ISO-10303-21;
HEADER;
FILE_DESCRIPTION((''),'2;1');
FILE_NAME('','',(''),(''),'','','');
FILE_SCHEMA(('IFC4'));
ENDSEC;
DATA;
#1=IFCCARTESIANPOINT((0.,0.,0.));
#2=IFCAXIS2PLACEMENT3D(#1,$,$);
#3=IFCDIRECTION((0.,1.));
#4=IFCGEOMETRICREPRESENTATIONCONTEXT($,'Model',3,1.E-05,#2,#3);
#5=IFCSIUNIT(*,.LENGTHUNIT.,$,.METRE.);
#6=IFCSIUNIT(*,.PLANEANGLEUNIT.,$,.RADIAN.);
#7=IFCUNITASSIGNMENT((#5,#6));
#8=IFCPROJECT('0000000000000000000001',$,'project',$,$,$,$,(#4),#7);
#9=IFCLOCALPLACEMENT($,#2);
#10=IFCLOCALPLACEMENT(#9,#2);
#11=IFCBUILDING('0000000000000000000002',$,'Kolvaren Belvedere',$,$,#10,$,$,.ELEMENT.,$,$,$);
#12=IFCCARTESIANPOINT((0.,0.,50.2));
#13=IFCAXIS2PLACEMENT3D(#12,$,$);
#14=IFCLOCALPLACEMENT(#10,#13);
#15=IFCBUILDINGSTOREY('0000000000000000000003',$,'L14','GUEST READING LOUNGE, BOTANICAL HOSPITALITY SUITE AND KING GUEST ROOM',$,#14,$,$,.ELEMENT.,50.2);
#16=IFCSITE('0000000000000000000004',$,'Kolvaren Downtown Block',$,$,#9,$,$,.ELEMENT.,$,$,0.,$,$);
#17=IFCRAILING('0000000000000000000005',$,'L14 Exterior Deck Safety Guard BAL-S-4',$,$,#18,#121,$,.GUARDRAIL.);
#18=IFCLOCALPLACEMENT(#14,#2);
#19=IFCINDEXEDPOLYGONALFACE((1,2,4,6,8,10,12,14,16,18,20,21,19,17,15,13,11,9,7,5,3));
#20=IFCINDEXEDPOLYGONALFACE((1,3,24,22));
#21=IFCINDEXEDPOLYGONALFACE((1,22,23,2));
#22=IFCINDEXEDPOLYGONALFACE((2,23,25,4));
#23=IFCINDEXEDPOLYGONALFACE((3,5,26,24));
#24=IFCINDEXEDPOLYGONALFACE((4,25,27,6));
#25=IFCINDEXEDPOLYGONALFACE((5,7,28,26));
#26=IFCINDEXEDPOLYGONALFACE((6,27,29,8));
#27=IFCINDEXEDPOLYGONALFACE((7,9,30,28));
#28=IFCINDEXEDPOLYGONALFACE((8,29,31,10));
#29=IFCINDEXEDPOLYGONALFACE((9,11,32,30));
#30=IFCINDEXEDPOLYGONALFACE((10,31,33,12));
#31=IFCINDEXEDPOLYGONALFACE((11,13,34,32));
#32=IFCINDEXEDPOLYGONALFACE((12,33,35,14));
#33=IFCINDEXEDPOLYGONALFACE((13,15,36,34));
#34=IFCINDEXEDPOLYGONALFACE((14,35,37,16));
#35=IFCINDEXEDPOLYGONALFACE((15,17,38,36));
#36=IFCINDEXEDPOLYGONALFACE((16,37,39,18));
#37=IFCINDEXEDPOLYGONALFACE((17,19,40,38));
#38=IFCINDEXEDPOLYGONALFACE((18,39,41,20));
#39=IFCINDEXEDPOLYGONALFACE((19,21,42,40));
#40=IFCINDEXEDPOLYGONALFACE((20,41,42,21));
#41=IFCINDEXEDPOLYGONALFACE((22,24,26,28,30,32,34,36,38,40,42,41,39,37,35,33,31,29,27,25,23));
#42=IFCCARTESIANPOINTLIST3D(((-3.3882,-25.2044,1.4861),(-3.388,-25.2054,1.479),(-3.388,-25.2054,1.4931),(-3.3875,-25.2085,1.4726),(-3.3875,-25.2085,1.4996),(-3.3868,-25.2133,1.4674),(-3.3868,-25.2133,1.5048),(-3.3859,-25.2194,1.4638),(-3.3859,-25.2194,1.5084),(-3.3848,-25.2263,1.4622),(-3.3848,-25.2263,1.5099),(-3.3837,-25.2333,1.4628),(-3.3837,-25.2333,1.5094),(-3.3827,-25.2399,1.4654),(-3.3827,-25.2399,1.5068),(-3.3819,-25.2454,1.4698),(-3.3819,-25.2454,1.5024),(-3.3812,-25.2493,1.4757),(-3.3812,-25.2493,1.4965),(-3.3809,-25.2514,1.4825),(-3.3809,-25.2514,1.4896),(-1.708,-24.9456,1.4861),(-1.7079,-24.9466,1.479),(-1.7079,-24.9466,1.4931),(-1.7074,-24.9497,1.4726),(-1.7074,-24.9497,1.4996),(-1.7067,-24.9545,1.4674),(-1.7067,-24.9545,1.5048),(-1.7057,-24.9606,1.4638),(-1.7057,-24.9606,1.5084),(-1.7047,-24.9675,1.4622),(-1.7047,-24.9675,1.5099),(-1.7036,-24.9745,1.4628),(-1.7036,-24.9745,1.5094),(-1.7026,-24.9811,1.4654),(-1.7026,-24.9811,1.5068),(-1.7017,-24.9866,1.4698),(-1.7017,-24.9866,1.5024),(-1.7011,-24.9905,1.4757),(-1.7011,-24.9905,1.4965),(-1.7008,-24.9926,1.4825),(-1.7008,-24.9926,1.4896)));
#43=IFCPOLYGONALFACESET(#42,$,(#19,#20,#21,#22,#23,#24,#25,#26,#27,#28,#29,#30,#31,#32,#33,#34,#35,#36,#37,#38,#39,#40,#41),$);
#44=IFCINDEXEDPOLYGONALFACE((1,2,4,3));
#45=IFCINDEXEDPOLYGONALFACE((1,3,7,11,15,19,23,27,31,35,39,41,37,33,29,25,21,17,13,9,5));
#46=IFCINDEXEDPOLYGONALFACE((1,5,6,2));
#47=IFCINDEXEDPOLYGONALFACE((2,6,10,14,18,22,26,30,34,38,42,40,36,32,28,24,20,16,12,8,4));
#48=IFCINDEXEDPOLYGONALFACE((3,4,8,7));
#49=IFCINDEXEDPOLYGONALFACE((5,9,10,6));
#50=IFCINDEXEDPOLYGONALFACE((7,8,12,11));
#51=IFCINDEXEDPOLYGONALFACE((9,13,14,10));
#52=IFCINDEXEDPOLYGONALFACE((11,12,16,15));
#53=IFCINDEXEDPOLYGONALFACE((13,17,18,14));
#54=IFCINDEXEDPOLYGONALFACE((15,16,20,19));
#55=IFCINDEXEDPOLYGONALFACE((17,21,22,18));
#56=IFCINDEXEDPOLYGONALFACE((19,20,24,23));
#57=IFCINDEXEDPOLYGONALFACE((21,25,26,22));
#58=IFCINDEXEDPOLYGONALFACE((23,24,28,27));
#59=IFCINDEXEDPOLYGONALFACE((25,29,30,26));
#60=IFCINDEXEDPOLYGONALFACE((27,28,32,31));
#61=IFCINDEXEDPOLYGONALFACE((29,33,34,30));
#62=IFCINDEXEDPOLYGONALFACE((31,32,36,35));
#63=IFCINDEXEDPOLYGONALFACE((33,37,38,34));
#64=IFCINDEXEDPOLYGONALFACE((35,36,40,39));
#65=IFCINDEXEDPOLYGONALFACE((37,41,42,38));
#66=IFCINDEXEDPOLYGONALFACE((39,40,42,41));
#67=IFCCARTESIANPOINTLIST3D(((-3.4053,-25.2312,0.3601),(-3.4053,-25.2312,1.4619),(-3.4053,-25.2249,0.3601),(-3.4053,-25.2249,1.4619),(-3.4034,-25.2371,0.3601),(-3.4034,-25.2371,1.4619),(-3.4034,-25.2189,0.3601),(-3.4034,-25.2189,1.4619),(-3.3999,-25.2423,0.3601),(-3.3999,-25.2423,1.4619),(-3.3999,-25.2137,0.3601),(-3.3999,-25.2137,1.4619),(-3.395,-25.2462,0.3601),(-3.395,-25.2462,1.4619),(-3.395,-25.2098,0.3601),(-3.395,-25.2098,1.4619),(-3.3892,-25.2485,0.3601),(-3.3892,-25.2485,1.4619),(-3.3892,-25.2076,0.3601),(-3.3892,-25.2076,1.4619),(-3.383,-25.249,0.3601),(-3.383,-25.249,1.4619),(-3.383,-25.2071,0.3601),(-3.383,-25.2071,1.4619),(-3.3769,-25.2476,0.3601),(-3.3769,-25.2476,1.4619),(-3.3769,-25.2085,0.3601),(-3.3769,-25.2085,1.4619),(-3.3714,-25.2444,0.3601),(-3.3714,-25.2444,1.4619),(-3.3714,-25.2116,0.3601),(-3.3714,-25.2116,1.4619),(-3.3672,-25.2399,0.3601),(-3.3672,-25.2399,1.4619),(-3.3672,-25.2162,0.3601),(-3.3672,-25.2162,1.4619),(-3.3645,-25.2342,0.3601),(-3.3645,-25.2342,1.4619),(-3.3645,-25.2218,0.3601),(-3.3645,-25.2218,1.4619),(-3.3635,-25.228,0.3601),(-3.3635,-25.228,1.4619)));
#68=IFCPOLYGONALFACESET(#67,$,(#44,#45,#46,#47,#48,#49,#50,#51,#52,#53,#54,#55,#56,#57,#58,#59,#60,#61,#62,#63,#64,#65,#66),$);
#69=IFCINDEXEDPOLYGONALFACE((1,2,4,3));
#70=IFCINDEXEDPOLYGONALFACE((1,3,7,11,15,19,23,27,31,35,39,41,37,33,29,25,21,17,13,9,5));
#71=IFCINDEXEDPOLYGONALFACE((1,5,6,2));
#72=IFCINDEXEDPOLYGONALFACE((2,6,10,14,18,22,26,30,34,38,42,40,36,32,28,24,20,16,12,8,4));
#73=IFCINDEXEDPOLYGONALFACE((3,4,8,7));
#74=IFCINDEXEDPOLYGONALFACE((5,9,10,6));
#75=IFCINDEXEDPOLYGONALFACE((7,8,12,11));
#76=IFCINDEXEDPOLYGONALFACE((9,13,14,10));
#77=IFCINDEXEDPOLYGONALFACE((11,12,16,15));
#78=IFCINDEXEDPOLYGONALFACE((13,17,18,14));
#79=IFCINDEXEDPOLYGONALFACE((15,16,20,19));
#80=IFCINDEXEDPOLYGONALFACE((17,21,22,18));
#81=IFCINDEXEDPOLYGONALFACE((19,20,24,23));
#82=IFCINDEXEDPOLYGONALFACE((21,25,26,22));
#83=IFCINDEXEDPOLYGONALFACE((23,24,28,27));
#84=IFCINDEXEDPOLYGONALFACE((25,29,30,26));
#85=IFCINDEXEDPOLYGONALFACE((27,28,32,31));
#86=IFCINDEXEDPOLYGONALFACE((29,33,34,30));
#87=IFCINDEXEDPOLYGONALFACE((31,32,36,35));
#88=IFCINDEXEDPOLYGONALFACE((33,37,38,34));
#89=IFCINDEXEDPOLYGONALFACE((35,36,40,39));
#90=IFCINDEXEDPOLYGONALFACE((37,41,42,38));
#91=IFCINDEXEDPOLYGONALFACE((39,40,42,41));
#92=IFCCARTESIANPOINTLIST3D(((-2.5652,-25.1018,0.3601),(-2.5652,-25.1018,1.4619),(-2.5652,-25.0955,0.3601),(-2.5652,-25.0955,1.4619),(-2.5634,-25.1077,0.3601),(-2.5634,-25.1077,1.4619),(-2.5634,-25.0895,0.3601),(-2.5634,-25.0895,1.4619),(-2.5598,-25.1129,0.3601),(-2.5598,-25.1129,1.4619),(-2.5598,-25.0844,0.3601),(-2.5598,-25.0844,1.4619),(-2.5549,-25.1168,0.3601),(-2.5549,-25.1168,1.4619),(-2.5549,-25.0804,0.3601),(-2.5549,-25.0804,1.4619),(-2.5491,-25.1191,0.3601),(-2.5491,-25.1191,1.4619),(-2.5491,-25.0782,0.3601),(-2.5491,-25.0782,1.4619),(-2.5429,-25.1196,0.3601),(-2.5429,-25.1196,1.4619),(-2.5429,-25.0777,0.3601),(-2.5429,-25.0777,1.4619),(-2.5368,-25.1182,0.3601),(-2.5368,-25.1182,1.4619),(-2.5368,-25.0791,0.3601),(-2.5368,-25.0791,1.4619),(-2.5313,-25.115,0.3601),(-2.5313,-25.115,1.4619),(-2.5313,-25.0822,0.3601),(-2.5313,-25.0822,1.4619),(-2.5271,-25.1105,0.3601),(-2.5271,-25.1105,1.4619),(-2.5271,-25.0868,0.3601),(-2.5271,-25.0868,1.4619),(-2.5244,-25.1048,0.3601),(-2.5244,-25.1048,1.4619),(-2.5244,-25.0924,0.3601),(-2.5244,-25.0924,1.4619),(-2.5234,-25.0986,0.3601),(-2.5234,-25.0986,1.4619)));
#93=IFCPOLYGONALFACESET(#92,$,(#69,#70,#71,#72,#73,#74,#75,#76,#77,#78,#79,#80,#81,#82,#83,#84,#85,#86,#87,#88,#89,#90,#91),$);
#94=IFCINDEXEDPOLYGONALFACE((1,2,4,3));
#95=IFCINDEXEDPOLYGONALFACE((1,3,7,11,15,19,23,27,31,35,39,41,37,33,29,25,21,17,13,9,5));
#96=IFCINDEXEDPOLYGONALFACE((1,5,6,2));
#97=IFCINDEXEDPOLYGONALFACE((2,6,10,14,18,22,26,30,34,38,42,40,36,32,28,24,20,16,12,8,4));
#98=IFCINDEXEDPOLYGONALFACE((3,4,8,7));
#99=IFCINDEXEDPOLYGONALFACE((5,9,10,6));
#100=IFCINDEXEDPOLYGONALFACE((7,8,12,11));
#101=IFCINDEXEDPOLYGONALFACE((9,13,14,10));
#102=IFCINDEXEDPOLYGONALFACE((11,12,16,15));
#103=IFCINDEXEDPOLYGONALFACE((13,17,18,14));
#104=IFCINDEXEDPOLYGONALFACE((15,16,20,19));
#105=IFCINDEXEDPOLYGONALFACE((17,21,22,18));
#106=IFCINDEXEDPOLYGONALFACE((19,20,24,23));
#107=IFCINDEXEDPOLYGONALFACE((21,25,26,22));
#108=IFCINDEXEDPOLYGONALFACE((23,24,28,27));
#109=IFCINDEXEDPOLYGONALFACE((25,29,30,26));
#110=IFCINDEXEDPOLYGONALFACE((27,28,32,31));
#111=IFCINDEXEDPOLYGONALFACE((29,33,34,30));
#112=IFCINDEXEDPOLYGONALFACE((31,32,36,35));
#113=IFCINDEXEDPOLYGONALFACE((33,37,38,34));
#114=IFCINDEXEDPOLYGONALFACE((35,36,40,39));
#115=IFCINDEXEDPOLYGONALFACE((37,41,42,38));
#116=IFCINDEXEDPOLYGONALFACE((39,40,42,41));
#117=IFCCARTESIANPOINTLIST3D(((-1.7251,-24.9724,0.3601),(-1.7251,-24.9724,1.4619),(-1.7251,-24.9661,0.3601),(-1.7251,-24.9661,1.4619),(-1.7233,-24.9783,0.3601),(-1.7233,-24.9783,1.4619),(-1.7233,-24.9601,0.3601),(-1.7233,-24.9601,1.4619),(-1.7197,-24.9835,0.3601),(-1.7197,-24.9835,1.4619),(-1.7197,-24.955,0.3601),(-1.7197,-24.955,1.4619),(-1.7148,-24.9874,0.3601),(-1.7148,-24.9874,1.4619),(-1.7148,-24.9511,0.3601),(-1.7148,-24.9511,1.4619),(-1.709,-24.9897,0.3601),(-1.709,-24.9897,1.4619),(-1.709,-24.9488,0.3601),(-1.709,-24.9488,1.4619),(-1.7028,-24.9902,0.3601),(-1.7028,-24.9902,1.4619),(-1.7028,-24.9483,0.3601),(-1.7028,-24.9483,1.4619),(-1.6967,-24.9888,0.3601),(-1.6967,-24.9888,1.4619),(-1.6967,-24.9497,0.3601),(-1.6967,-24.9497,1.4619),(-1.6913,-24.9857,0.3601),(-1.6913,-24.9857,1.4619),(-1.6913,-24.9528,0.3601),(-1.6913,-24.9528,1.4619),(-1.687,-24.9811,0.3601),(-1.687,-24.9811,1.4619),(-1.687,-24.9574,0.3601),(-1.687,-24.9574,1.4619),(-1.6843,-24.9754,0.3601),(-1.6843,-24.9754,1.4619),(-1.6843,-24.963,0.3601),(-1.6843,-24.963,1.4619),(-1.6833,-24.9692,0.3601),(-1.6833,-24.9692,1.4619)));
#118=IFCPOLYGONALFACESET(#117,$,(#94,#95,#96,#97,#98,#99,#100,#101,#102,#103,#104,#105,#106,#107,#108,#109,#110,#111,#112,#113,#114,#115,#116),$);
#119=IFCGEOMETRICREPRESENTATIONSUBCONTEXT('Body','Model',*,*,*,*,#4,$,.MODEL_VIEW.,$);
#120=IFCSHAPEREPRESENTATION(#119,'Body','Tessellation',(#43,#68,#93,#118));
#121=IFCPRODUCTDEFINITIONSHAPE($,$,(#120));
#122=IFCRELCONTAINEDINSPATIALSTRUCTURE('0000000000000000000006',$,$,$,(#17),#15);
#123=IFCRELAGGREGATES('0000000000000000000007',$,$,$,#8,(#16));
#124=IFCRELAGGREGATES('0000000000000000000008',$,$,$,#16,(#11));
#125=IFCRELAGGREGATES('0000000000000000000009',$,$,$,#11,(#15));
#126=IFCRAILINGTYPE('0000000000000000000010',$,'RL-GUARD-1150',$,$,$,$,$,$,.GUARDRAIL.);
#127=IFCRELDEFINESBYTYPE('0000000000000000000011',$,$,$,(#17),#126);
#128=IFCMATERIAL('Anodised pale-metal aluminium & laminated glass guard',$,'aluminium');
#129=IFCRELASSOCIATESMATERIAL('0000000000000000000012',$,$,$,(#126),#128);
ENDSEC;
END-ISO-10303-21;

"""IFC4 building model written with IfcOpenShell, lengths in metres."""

from ifc_helpers import new_model, si_unit, direction, frame, origin, origin_2d, place, context, subcontext, project, spatial, circle, extrude, material, type_object, element, save


model = new_model("IFC4")

# Units and contexts
model_context = context("Model", 3, precision=1e-05, world=origin(), true_north=direction((0.0, 1.0)))
body_context = subcontext(model_context, "Body", "Model", "MODEL_VIEW")
ifc_project = project(units=[si_unit("LENGTHUNIT", "METRE"), si_unit("PLANEANGLEUNIT", "RADIAN")], contexts=[model_context])

# Site, building, storey
site_placement = place(None, origin())
site = spatial("IfcSite", under=ifc_project, at=site_placement, Name="Kolvaren Downtown Block", CompositionType="ELEMENT", RefElevation=0.0)
building_placement = place(site_placement, origin())
building = spatial("IfcBuilding", under=site, at=building_placement, Name="Kolvaren Belvedere", CompositionType="ELEMENT")
storey_placement = place(building_placement, frame((0.0, 0.0, 50.2)))
storey = spatial("IfcBuildingStorey", under=building, at=storey_placement, Name="L14", Description="GUEST READING LOUNGE, BOTANICAL HOSPITALITY SUITE AND KING GUEST ROOM", CompositionType="ELEMENT", Elevation=50.2)

# Railing
ifc_material_1 = material(Name="Anodised pale-metal aluminium & laminated glass guard", Category="aluminium")
railing_type = type_object("IfcRailingType", Name="RL-GUARD-1150", PredefinedType="GUARDRAIL", material=ifc_material_1)
railing_1_placement = place(storey_placement, frame((-3.3845, -25.228, 0.3601)))
element("IfcRailing", 1, at=railing_1_placement, inside=storey, type_object=railing_type, Name="L14 Exterior Deck Safety Guard BAL-S-4", PredefinedType="GUARDRAIL", context=body_context, shape_type="SweptSolid", body=[
    extrude(circle(Radius=0.0239, at=origin_2d()), frame((0.0, 0.0, 1.126), z_axis=(0.988345, 0.15223, 0.0), x_axis=(-0.15223, 0.988345, 0.0)), (0.0, 0.0, 1.0), 1.7),
    extrude(circle(Radius=0.021, at=origin_2d()), origin(), (0.0, 0.0, 1.0), 1.1018),
    extrude(circle(Radius=0.021, at=origin_2d()), frame((0.8401, 0.1294, 0.0)), (0.0, 0.0, 1.0), 1.1018),
    extrude(circle(Radius=0.021, at=origin_2d()), frame((1.6802, 0.2588, 0.0)), (0.0, 0.0, 1.0), 1.1018),
])

save(model, "model.ifc")
